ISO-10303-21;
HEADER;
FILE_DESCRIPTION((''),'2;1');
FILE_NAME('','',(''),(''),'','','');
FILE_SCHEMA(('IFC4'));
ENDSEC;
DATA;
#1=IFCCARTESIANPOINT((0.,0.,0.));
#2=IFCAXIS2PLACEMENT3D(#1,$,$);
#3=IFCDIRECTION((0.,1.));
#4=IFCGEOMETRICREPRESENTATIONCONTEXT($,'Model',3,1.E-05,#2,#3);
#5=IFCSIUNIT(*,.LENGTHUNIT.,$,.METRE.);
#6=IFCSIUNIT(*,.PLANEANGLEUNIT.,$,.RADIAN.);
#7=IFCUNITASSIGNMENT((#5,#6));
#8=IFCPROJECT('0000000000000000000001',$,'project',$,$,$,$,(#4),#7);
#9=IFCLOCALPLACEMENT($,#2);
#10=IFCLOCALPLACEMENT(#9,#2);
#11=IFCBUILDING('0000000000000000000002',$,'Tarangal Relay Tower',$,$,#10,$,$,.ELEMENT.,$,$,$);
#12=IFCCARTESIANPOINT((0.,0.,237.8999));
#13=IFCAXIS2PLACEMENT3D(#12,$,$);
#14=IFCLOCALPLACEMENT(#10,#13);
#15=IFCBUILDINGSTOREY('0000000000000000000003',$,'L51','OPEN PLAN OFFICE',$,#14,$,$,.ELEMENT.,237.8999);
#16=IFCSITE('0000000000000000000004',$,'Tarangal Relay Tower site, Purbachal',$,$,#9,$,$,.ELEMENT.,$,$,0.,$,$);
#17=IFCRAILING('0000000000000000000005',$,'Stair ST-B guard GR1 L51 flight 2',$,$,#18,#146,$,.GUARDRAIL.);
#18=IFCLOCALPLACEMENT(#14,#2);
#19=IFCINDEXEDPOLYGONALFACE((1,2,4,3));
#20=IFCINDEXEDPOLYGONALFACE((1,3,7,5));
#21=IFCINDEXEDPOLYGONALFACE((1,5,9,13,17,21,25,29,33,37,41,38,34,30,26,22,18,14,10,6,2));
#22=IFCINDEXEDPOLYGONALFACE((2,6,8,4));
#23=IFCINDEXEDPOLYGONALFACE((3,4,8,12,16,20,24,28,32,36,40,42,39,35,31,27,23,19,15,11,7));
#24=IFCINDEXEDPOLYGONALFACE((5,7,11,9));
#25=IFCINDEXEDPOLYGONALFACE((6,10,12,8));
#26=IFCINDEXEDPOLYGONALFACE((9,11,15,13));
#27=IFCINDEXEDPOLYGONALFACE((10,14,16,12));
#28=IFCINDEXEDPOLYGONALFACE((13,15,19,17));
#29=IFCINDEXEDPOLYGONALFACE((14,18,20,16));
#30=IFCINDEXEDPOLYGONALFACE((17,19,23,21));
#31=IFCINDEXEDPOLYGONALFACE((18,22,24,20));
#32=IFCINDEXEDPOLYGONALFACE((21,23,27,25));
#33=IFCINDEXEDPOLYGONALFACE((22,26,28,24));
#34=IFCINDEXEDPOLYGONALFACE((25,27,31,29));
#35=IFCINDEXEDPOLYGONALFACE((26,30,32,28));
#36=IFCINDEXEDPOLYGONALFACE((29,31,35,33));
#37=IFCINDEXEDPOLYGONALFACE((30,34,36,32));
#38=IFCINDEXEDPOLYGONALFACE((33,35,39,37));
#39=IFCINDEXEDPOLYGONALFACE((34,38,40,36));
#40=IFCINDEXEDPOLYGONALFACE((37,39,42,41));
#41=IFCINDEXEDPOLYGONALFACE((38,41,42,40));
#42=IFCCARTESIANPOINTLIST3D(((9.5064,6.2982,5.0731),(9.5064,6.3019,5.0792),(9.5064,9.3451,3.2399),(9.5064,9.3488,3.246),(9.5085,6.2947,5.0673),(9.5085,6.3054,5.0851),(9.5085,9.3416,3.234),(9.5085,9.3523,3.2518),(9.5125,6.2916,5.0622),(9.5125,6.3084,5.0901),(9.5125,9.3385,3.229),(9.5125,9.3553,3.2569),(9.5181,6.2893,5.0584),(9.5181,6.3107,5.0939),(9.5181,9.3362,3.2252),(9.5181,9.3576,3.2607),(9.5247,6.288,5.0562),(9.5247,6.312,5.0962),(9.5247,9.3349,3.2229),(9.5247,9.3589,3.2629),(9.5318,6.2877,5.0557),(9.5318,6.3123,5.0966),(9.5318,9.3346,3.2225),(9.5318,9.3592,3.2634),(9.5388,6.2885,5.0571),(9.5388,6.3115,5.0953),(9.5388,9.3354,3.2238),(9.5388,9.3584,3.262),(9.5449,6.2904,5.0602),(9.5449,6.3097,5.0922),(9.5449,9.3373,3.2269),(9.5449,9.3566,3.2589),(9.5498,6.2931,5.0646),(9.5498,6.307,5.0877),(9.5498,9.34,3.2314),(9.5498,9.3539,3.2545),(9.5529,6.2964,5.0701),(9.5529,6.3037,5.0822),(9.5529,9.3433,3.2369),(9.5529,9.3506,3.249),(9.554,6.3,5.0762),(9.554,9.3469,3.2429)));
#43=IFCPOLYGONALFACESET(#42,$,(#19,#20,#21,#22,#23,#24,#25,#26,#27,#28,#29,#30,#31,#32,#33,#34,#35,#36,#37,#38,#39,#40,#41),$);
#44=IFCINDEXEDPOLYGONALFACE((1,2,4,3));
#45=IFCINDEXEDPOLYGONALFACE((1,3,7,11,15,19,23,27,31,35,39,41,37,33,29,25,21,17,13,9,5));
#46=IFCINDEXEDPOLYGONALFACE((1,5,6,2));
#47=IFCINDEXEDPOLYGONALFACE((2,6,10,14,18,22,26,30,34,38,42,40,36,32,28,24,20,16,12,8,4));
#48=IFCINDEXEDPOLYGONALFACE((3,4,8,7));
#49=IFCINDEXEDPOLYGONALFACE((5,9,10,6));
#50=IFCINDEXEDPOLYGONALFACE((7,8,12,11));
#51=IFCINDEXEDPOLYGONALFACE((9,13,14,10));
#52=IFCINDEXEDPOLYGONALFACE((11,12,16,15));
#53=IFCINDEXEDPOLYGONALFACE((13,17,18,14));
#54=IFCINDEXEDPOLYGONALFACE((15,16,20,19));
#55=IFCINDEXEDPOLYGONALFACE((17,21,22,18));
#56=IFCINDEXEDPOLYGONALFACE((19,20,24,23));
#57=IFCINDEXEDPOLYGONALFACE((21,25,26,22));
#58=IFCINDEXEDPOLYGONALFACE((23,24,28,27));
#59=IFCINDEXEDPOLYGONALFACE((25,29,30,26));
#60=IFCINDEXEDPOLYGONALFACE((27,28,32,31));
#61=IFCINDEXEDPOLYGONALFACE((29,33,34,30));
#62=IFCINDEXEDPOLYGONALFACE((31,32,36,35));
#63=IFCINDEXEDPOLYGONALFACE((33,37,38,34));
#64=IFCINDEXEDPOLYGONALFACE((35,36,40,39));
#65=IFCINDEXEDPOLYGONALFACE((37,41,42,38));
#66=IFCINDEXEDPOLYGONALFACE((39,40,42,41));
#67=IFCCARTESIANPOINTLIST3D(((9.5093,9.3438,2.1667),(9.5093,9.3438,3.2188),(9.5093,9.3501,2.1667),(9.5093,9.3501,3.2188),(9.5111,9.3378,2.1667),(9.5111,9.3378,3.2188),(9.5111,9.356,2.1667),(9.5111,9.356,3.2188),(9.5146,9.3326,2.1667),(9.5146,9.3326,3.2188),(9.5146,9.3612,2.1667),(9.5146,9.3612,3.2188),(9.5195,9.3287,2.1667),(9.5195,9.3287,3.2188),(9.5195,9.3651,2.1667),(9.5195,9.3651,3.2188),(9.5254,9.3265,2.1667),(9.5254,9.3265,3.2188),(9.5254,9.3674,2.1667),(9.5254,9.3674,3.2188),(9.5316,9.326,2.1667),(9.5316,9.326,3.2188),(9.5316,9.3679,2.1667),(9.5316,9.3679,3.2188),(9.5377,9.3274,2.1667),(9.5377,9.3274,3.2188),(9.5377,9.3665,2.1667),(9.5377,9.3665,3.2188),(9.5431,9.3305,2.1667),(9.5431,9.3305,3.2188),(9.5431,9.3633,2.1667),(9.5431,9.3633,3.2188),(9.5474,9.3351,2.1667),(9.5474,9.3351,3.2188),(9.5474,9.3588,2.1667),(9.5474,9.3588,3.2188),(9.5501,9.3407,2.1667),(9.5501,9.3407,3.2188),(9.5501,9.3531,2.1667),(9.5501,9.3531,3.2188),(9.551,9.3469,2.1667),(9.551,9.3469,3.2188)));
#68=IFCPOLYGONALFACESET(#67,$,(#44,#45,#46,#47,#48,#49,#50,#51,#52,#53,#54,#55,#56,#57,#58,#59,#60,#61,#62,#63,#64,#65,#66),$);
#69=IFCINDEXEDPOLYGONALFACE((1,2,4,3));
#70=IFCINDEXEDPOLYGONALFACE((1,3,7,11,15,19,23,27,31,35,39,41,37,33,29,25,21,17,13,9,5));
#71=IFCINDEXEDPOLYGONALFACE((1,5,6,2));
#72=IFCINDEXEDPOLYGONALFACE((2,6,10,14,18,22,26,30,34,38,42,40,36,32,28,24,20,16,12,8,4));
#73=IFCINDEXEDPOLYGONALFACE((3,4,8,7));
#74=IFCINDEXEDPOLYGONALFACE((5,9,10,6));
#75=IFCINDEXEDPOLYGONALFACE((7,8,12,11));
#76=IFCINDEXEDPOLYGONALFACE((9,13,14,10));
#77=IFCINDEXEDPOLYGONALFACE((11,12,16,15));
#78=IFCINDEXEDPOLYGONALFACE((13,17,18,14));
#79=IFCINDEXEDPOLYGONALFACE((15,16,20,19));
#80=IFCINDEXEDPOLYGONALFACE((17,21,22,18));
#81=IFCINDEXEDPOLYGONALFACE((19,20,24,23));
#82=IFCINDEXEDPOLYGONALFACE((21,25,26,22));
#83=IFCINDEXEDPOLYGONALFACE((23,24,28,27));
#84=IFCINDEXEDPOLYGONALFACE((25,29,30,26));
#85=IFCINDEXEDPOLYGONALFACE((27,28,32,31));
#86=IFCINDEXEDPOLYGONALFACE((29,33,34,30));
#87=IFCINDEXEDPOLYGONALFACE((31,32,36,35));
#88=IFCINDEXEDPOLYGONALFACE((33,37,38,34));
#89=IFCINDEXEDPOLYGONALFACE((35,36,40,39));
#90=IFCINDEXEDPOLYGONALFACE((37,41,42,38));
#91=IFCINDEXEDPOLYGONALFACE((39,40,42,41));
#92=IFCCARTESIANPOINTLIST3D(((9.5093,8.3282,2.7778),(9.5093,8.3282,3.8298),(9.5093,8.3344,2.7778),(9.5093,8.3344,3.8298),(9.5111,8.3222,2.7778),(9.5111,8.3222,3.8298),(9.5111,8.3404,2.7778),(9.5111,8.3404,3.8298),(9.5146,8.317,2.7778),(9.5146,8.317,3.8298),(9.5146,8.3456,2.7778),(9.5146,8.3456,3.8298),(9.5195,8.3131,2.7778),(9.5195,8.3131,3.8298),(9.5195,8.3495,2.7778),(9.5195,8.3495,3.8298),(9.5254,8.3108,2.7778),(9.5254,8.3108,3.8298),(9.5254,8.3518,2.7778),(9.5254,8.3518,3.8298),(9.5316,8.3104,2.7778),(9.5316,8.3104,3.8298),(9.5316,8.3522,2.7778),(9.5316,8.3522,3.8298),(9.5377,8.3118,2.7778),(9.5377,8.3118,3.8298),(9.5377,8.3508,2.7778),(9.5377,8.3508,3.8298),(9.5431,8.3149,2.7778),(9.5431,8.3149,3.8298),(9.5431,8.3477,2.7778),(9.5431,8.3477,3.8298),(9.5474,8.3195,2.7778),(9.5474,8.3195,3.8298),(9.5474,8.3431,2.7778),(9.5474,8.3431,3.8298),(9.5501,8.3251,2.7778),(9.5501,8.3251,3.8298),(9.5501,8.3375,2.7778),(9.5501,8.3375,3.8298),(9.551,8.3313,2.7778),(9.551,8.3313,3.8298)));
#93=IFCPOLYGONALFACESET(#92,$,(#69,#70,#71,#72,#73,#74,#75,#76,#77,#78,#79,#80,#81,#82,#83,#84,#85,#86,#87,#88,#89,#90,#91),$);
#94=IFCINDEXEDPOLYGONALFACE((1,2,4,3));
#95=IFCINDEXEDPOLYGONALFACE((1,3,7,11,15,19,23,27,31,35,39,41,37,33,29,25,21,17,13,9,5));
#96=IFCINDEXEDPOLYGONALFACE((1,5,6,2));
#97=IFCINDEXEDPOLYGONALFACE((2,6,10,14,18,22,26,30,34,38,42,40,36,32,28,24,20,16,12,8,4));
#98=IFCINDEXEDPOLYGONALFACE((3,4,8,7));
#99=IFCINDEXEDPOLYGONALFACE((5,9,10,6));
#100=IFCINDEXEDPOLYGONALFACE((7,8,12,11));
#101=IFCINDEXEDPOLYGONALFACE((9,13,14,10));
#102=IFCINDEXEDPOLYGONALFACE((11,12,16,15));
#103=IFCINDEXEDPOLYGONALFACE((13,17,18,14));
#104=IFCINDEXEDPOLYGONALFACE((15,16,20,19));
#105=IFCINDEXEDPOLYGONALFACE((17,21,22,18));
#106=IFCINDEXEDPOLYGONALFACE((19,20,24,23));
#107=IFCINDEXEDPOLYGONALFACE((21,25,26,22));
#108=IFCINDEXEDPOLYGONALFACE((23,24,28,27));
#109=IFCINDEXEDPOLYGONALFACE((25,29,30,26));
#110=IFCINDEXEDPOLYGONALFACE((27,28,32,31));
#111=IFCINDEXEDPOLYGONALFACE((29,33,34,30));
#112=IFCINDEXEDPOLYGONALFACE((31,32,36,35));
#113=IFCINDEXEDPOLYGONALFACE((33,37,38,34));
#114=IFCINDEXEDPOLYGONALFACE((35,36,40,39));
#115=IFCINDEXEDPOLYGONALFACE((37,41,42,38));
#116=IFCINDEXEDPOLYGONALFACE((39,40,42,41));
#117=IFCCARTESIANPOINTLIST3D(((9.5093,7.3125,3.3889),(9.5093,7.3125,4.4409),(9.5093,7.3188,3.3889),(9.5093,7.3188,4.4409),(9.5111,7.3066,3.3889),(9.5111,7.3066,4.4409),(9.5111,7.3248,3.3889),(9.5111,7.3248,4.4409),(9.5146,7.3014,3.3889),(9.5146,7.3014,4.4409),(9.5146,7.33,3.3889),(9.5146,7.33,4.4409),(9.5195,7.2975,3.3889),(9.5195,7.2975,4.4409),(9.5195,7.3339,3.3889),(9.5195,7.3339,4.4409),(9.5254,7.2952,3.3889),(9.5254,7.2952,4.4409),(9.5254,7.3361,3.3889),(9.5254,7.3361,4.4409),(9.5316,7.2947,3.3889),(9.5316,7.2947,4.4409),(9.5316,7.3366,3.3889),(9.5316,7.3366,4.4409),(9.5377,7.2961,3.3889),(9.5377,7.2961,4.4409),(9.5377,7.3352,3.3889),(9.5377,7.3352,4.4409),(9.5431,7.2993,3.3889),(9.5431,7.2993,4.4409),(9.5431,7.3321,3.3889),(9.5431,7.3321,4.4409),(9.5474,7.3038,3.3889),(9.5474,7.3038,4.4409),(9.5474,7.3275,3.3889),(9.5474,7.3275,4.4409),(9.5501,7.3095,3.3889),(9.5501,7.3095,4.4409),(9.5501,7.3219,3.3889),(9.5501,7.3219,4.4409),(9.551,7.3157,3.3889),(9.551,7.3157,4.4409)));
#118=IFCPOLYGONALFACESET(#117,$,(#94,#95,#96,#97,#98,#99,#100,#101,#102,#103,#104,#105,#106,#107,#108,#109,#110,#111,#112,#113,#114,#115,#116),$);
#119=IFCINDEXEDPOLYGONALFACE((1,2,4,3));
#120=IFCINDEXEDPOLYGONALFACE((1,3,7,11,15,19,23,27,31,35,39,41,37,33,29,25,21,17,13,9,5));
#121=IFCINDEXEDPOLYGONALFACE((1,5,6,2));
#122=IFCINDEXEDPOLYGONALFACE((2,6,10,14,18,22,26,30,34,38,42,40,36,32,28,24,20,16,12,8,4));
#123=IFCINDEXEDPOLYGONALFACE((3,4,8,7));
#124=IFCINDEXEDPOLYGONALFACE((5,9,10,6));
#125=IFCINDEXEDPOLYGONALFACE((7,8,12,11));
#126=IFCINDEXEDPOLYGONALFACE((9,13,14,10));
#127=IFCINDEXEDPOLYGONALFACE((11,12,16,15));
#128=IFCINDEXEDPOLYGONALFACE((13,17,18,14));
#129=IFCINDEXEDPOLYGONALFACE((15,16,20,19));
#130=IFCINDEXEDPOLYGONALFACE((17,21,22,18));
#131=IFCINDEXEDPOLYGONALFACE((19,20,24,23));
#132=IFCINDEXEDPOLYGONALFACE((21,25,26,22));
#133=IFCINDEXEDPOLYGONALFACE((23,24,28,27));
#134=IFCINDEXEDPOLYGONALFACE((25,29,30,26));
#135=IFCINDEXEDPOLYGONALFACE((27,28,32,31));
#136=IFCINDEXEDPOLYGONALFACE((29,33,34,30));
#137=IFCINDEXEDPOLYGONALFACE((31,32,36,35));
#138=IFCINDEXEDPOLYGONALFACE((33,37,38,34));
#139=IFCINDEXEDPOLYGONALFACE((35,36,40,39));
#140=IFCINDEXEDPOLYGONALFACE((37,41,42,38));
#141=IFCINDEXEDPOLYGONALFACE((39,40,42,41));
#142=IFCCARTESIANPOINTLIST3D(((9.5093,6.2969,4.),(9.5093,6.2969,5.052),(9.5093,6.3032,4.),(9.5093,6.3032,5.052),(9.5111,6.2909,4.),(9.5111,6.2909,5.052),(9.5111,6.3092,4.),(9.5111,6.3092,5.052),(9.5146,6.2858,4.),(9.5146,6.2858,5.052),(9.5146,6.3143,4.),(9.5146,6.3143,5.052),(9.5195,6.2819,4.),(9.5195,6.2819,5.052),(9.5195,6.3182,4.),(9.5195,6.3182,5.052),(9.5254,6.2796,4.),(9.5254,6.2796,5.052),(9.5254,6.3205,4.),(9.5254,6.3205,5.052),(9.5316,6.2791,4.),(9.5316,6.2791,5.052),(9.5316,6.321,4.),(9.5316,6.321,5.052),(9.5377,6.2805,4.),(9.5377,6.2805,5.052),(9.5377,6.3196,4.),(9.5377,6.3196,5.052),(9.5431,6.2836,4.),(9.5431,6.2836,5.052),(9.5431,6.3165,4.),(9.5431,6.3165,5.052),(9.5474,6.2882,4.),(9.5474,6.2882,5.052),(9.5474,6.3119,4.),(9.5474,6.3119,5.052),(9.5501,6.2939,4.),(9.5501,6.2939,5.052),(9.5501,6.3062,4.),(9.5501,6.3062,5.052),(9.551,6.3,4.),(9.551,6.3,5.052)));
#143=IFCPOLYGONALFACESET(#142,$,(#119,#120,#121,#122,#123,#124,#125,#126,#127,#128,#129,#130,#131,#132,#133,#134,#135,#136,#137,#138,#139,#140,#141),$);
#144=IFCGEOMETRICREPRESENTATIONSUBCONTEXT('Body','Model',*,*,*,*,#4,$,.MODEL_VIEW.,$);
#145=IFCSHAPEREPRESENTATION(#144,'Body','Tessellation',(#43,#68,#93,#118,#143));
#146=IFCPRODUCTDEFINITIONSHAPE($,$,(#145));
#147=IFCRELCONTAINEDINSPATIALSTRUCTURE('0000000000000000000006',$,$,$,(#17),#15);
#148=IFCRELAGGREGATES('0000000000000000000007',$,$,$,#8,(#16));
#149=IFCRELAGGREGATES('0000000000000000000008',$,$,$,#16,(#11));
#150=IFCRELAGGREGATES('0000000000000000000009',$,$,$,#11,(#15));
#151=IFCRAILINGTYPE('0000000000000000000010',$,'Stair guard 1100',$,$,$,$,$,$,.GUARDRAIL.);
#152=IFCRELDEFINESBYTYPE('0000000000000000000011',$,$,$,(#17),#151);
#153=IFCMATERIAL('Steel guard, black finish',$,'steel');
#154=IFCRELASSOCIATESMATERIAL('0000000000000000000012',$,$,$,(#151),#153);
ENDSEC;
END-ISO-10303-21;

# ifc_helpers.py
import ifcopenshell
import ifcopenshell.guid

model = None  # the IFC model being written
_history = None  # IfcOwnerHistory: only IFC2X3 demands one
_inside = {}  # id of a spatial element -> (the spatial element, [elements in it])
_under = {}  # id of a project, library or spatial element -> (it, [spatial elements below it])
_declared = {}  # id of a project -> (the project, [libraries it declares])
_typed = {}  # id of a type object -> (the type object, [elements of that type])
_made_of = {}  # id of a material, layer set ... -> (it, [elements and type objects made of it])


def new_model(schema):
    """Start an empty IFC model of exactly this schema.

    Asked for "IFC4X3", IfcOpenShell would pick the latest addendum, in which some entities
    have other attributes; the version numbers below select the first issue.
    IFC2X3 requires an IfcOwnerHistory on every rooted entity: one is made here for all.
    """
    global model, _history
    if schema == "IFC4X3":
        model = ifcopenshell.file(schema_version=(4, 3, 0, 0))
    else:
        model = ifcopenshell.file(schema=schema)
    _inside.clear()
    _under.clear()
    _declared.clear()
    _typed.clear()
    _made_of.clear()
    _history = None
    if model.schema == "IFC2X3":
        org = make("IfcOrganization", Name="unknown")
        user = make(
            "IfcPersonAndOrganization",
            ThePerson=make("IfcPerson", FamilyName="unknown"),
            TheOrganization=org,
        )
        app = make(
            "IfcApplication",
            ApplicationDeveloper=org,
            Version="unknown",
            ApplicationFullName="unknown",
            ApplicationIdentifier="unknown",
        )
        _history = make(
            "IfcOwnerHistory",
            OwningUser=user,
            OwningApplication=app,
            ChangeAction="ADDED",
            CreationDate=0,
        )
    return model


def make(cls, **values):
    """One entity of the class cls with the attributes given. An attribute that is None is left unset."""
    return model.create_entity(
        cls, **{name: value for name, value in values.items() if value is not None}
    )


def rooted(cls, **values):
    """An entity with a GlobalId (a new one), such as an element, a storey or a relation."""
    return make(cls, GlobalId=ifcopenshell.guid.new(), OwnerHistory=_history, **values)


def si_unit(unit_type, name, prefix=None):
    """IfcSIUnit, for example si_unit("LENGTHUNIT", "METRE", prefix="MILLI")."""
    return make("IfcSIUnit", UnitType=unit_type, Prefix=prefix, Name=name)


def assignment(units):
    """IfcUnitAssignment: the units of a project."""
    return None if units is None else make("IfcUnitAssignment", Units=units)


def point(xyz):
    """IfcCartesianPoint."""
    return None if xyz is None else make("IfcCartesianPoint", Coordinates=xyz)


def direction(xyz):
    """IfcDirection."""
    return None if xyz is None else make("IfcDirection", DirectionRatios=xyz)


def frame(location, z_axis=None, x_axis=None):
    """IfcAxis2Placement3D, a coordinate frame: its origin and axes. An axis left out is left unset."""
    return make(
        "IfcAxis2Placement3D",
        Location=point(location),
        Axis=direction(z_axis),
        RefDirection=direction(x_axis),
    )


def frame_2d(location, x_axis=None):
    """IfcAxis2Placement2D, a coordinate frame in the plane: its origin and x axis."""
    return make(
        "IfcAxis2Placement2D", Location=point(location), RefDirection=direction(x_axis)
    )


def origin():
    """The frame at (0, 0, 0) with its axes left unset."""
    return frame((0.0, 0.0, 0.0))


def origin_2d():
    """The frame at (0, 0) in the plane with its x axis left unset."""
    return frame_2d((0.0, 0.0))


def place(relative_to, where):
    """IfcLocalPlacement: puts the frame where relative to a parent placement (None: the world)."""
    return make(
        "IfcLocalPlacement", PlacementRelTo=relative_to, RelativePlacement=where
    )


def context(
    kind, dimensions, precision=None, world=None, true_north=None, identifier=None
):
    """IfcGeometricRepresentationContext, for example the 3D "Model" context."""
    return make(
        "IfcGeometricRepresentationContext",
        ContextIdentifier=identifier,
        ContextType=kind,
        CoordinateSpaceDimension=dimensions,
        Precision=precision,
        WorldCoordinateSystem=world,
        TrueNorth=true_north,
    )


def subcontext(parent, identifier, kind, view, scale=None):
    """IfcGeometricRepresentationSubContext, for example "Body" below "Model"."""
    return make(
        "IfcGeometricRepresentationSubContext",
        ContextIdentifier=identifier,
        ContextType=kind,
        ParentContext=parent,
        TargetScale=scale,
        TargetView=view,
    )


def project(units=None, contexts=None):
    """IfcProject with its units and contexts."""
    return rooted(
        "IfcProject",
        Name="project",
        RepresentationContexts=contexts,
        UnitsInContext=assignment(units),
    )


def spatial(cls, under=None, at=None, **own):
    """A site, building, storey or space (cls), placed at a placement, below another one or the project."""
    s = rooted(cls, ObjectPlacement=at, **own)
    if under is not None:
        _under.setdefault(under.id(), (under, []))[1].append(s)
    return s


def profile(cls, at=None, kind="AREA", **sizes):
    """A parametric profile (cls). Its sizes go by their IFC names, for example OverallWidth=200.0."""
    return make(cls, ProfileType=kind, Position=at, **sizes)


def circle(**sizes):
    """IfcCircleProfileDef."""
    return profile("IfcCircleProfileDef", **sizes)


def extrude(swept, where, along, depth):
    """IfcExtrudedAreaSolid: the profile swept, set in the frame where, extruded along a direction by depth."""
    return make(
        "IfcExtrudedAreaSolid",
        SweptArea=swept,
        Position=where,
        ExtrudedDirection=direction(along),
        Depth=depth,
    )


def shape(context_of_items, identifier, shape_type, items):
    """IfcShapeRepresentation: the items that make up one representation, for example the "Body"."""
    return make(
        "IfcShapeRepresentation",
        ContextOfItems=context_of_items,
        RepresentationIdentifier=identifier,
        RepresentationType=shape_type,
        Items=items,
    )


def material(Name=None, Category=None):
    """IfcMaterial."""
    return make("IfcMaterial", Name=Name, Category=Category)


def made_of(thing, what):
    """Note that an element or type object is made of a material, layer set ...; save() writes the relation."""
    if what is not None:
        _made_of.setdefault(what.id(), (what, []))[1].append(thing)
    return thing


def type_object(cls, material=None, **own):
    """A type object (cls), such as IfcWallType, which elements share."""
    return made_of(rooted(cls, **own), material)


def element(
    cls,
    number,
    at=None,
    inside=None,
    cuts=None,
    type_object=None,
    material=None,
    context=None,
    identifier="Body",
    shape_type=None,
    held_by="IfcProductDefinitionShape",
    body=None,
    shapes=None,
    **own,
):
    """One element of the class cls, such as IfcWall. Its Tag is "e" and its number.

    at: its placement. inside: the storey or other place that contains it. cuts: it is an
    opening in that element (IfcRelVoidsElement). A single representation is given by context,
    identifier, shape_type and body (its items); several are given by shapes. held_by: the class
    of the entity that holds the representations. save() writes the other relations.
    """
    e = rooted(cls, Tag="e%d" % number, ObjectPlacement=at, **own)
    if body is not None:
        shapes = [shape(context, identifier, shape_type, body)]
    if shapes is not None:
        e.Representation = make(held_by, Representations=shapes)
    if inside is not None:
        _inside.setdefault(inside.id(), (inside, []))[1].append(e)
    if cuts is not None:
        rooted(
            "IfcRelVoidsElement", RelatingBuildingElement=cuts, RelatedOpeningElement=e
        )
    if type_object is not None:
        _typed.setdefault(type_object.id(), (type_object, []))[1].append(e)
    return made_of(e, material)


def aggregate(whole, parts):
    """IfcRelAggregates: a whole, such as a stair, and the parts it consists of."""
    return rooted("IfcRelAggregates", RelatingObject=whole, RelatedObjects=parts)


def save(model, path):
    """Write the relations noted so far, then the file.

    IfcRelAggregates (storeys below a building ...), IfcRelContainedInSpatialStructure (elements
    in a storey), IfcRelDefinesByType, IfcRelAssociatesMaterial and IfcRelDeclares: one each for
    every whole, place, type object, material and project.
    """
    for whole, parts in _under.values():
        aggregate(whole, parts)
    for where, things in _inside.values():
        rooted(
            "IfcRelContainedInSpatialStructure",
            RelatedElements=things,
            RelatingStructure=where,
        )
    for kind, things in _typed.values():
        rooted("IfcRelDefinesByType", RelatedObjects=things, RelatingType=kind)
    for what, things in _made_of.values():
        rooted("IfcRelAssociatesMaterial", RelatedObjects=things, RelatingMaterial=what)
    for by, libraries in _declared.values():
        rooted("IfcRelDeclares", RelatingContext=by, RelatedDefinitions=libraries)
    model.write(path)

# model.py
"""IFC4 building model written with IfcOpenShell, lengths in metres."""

from ifc_helpers import new_model, si_unit, direction, frame, origin, origin_2d, place, context, subcontext, project, spatial, circle, extrude, material, type_object, element, save


model = new_model("IFC4")

# Units and contexts
model_context = context("Model", 3, precision=1e-05, world=origin(), true_north=direction((0.0, 1.0)))
body_context = subcontext(model_context, "Body", "Model", "MODEL_VIEW")
ifc_project = project(units=[si_unit("LENGTHUNIT", "METRE"), si_unit("PLANEANGLEUNIT", "RADIAN")], contexts=[model_context])

# Site, building, storey
site_placement = place(None, origin())
site = spatial("IfcSite", under=ifc_project, at=site_placement, Name="Tarangal Relay Tower site, Purbachal", CompositionType="ELEMENT", RefElevation=0.0)
building_placement = place(site_placement, origin())
building = spatial("IfcBuilding", under=site, at=building_placement, Name="Tarangal Relay Tower", CompositionType="ELEMENT")
storey_placement = place(building_placement, frame((0.0, 0.0, 237.8999)))
storey = spatial("IfcBuildingStorey", under=building, at=storey_placement, Name="L51", Description="OPEN PLAN OFFICE", CompositionType="ELEMENT", Elevation=237.8999)

# Railing
ifc_material_1 = material(Name="Steel guard, black finish", Category="steel")
railing_type_1 = type_object("IfcRailingType", Name="Stair guard 1100", PredefinedType="GUARDRAIL", material=ifc_material_1)
railing_1_placement = place(storey_placement, frame((9.53, 9.3469, 2.1667)))
element("IfcRailing", 1, at=railing_1_placement, inside=storey, type_object=railing_type_1, Name="Stair ST-B guard GR1 L51 flight 2", PredefinedType="GUARDRAIL", context=body_context, shape_type="SweptSolid", body=[
    extrude(circle(Radius=0.0239, at=origin_2d()), frame((0.0, 0.0, 1.0762), z_axis=(0.0, -0.856856, 0.515556), x_axis=(1.0, 0.0, 0.0)), (0.0, 0.0, 1.0), 3.5559),
    extrude(circle(Radius=0.021, at=origin_2d()), origin(), (0.0, 0.0, 1.0), 1.052),
    extrude(circle(Radius=0.021, at=origin_2d()), frame((0.0, -1.0156, 0.6111)), (0.0, 0.0, 1.0), 1.052),
    extrude(circle(Radius=0.021, at=origin_2d()), frame((0.0, -2.0312, 1.2222)), (0.0, 0.0, 1.0), 1.052),
    extrude(circle(Radius=0.021, at=origin_2d()), frame((0.0, -3.0469, 1.8333)), (0.0, 0.0, 1.0), 1.052),
])

save(model, "model.ifc")
